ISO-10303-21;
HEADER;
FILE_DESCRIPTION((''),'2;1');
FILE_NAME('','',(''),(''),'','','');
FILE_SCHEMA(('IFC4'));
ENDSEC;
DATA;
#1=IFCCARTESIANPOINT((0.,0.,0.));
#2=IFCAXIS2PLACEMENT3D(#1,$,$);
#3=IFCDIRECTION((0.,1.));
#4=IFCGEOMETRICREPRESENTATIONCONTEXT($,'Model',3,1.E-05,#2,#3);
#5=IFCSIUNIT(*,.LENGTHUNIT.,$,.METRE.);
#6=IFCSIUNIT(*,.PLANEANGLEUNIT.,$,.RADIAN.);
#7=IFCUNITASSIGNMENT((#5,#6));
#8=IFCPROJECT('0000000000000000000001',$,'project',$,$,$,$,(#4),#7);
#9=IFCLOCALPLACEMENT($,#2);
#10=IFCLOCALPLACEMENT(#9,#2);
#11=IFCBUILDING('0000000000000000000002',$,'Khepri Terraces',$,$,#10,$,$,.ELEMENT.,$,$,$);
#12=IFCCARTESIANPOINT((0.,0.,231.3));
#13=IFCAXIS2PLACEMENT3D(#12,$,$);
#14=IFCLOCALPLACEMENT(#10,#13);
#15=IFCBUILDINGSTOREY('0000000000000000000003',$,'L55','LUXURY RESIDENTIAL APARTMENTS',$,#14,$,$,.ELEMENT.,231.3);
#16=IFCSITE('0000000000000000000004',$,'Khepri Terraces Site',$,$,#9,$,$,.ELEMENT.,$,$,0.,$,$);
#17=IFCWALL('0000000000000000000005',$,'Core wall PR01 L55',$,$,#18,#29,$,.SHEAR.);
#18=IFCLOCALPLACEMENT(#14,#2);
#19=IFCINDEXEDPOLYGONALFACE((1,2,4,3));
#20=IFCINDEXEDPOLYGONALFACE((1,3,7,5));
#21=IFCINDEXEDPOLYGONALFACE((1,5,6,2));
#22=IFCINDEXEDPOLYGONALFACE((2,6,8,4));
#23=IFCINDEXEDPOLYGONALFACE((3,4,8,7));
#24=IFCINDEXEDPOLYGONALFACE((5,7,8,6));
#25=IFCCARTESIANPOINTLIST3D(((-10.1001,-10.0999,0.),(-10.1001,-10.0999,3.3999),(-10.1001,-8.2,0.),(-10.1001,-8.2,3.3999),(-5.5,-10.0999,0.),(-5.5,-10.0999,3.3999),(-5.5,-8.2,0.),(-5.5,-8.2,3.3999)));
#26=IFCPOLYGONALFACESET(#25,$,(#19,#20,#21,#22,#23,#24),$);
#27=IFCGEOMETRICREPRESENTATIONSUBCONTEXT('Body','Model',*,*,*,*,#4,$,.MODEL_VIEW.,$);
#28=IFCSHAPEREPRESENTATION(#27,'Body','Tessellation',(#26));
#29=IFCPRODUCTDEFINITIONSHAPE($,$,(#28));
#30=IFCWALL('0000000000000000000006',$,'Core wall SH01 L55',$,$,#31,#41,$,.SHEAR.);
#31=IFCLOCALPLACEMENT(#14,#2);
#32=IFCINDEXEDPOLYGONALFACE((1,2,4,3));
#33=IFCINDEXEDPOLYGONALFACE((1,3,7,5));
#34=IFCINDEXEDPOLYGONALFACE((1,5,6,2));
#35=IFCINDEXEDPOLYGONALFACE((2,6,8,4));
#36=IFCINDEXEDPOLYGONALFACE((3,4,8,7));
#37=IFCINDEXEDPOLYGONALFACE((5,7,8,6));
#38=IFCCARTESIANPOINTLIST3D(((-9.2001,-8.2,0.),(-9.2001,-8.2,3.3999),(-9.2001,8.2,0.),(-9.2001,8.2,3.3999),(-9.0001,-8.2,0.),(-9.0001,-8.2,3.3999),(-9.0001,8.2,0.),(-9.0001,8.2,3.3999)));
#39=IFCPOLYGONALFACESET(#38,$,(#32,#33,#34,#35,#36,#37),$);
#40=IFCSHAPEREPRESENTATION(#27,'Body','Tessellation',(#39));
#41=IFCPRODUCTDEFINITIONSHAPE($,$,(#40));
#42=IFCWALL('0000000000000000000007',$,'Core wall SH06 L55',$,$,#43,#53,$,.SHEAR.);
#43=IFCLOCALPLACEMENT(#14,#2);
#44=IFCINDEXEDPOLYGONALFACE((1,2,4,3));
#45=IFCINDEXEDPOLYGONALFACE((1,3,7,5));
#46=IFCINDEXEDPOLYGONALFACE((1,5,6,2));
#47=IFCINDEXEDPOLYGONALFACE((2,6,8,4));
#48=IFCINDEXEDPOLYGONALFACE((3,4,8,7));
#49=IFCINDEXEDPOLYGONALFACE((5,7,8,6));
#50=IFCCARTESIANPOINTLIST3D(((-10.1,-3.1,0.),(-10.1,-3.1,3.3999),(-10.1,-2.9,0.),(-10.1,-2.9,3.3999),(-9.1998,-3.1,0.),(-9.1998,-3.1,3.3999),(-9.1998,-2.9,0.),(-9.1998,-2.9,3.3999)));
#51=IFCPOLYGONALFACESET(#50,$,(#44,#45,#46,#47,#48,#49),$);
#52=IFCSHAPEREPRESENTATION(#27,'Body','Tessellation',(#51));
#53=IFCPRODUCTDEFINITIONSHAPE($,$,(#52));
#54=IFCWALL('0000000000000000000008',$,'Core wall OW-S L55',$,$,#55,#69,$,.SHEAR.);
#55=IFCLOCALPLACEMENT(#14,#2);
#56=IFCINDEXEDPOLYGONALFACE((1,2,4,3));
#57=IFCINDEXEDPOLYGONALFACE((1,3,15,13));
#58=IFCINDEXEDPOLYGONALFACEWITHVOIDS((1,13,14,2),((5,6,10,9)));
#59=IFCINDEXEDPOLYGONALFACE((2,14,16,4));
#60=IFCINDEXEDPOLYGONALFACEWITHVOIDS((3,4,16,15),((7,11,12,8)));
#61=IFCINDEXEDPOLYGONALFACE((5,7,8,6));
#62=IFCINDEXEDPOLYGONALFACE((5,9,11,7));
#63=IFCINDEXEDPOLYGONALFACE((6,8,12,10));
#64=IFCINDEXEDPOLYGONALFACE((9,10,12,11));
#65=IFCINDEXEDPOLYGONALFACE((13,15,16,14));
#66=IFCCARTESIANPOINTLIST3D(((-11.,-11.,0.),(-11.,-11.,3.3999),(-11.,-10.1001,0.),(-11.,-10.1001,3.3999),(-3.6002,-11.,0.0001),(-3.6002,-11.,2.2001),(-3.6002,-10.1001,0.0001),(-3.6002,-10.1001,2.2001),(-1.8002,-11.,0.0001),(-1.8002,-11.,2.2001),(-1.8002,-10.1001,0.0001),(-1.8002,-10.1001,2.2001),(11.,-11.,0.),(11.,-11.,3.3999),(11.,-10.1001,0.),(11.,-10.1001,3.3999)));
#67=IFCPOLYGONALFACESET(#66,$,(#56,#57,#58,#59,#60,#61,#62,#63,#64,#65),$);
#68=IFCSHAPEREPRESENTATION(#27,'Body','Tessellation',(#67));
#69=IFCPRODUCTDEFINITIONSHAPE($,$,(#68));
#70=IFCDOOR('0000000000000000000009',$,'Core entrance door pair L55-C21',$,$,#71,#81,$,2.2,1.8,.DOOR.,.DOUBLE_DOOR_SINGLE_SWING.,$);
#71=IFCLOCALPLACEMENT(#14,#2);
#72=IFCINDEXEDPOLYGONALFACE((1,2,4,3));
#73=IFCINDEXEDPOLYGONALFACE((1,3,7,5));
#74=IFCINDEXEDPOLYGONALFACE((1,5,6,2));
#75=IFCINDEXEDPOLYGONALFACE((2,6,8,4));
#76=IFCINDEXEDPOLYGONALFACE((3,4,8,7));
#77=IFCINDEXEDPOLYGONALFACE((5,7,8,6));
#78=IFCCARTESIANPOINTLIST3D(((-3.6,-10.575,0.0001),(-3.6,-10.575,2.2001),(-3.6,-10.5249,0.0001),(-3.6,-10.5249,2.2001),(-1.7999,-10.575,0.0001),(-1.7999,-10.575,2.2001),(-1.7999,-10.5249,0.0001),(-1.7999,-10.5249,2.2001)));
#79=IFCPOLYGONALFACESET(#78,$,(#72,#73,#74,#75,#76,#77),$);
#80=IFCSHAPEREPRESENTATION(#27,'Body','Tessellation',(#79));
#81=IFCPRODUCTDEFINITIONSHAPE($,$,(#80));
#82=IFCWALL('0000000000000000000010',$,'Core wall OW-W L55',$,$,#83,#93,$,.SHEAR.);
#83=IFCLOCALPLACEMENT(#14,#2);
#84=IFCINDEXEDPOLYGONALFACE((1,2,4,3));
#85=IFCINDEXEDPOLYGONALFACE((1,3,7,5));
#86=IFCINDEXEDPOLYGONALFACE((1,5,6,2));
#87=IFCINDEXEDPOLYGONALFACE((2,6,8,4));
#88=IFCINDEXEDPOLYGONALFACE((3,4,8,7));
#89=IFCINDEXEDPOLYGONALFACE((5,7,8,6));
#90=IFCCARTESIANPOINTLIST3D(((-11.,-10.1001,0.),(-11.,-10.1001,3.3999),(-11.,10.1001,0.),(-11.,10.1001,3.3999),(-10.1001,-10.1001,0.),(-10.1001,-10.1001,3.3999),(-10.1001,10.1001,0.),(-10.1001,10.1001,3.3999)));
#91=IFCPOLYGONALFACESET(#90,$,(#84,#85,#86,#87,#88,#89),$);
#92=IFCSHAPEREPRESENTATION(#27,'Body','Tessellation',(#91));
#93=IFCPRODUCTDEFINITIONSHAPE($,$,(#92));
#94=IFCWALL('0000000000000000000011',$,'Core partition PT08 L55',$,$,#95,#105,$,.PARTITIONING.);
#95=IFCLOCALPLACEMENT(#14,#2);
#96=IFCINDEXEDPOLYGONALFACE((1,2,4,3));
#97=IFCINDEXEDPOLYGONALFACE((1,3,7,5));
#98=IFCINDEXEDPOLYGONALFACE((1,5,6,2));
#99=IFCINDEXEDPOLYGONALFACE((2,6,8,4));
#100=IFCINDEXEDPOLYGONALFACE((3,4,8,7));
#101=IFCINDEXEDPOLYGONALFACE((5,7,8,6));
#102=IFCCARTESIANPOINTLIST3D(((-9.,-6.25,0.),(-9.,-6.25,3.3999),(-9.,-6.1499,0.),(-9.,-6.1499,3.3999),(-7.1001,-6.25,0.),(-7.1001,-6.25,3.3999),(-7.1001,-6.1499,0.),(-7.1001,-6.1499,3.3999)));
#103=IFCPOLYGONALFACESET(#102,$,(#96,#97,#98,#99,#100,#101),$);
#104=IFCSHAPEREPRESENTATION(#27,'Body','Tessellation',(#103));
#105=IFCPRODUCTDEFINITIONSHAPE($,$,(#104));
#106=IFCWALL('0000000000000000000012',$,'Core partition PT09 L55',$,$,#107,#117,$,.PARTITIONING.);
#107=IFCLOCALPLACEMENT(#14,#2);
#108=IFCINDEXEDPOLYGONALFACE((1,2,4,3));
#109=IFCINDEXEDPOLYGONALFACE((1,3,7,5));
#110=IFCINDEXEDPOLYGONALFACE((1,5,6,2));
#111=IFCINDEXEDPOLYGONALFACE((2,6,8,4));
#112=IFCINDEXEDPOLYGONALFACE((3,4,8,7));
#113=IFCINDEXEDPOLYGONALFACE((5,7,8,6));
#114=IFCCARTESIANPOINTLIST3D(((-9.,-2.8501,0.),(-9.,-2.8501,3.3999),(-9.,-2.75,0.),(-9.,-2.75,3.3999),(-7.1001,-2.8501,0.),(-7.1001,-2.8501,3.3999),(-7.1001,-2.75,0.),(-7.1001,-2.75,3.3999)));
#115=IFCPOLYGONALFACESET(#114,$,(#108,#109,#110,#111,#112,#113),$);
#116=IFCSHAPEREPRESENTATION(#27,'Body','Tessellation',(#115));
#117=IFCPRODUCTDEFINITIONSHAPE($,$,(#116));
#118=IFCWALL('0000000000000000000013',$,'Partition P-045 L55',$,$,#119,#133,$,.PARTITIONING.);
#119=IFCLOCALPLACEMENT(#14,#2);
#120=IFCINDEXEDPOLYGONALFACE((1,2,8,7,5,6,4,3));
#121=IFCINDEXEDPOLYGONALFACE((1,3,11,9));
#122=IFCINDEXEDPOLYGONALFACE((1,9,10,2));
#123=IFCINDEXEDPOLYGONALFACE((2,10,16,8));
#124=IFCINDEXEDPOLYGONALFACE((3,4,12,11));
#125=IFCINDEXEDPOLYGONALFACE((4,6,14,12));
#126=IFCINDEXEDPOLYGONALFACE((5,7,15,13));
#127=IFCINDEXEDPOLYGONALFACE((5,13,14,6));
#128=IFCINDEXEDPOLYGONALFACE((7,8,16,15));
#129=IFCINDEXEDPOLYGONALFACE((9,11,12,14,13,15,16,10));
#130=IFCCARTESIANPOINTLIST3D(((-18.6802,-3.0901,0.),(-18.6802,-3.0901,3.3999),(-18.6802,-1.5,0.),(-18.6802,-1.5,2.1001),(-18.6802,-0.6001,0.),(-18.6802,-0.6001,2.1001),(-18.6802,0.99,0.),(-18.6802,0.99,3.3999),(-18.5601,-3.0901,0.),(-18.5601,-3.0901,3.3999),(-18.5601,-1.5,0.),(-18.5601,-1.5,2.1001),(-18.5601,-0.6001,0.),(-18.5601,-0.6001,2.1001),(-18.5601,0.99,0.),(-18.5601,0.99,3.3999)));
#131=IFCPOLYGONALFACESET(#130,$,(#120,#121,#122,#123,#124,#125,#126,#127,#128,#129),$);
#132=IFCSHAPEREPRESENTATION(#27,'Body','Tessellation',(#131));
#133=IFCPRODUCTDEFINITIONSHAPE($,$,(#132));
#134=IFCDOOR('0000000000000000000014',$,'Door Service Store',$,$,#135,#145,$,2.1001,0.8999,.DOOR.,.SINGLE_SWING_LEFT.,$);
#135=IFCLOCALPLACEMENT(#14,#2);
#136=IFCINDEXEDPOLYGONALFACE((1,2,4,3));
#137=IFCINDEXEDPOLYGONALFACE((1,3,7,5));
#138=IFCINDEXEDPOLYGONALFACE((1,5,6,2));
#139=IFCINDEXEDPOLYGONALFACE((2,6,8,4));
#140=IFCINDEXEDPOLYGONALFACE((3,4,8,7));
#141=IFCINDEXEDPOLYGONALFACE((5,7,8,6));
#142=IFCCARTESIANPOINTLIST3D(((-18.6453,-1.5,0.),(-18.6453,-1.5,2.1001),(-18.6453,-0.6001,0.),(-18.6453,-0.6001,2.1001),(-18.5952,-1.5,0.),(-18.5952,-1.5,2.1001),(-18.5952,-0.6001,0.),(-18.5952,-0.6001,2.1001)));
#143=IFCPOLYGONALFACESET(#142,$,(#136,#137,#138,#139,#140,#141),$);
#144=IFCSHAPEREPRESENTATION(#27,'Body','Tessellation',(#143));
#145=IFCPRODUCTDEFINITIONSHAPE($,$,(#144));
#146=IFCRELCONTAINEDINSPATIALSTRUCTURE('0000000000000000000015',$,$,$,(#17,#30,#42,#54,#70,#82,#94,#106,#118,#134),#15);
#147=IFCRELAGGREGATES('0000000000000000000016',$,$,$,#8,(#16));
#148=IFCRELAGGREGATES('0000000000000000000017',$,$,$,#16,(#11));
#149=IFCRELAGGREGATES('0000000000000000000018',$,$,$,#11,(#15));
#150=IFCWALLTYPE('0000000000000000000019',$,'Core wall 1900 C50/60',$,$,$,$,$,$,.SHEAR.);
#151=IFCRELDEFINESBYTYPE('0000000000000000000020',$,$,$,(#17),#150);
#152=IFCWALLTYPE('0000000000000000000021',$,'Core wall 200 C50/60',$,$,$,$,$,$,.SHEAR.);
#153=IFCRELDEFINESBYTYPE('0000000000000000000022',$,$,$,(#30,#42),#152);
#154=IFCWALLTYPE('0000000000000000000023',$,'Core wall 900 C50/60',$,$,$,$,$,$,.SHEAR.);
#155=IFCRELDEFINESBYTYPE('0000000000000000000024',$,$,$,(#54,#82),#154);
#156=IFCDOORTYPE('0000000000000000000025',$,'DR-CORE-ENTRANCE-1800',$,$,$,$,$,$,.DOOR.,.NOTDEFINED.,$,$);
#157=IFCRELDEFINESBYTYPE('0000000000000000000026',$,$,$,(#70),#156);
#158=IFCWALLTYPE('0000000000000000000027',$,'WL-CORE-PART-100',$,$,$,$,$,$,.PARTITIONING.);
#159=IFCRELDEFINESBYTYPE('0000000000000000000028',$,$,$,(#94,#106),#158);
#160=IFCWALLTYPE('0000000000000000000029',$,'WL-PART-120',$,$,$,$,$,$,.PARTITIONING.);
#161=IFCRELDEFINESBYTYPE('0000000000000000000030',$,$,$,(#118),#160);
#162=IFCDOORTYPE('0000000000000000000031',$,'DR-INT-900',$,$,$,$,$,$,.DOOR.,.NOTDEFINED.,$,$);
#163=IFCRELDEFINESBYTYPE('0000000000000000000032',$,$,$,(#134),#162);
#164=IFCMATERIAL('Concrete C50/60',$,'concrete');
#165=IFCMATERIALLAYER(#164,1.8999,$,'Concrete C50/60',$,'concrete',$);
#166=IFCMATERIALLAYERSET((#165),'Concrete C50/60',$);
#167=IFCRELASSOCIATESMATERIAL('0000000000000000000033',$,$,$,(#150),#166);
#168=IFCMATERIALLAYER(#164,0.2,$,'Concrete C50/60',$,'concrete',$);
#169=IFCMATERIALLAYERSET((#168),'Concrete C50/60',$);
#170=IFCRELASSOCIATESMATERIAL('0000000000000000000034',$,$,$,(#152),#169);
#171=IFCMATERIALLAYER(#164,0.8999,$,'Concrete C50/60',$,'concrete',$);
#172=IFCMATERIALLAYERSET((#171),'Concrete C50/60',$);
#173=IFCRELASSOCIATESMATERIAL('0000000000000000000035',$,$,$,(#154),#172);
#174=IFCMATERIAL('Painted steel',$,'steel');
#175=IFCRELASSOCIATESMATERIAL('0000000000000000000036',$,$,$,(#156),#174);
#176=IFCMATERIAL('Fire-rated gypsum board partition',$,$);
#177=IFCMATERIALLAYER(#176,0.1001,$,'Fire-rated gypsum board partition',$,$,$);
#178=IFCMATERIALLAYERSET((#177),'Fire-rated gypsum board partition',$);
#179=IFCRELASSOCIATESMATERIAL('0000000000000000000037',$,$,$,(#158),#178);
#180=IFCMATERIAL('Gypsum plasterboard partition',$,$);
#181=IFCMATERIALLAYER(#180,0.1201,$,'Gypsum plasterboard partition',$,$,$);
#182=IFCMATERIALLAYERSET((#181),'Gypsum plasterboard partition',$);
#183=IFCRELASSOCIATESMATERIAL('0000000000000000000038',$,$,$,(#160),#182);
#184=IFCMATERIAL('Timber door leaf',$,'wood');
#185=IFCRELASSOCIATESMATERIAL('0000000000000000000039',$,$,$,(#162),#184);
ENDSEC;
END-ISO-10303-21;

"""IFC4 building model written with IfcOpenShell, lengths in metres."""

from ifc_helpers import new_model, si_unit, direction, frame, frame_2d, origin, place, context, subcontext, project, spatial, rectangle, extrude, material, layer, layer_set, type_object, element, fill, save


model = new_model("IFC4")

# Units and contexts
model_context = context("Model", 3, precision=1e-05, world=origin(), true_north=direction((0.0, 1.0)))
body_context = subcontext(model_context, "Body", "Model", "MODEL_VIEW")
ifc_project = project(units=[si_unit("LENGTHUNIT", "METRE"), si_unit("PLANEANGLEUNIT", "RADIAN")], contexts=[model_context])

# Site, building, storey
site_placement = place(None, origin())
site = spatial("IfcSite", under=ifc_project, at=site_placement, Name="Khepri Terraces Site", CompositionType="ELEMENT", RefElevation=0.0)
building_placement = place(site_placement, origin())
building = spatial("IfcBuilding", under=site, at=building_placement, Name="Khepri Terraces", CompositionType="ELEMENT")
storey_placement = place(building_placement, frame((0.0, 0.0, 231.3)))
storey = spatial("IfcBuildingStorey", under=building, at=storey_placement, Name="L55", Description="LUXURY RESIDENTIAL APARTMENTS", CompositionType="ELEMENT", Elevation=231.3)

# Walls
ifc_material_1 = material(Name="Concrete C50/60", Category="concrete")
ifc_layer_1 = layer(ifc_material_1, 1.8999, Name="Concrete C50/60", Category="concrete")
ifc_layer_set_1 = layer_set([ifc_layer_1], Name="Concrete C50/60")
wall_type_1 = type_object("IfcWallType", Name="Core wall 1900 C50/60", PredefinedType="SHEAR", material=ifc_layer_set_1)
wall_1_placement = place(storey_placement, frame((-10.1001, -9.1499, 0.0), z_axis=(0.0, 0.0, 1.0), x_axis=(1.0, 0.0, 0.0)))
element("IfcWall", 1, at=wall_1_placement, inside=storey, type_object=wall_type_1, Name="Core wall PR01 L55", PredefinedType="SHEAR", context=body_context, shape_type="SweptSolid", body=[
    extrude(rectangle(XDim=4.6001, YDim=1.8999, at=frame_2d((2.3, 0.0))), origin(), (0.0, 0.0, 1.0), 3.3999),
])
ifc_layer_2 = layer(ifc_material_1, 0.2, Name="Concrete C50/60", Category="concrete")
ifc_layer_set_2 = layer_set([ifc_layer_2], Name="Concrete C50/60")
wall_type_2 = type_object("IfcWallType", Name="Core wall 200 C50/60", PredefinedType="SHEAR", material=ifc_layer_set_2)
wall_2_placement = place(storey_placement, frame((-9.1001, -8.2, 0.0), z_axis=(0.0, 0.0, 1.0), x_axis=(0.0, 1.0, 0.0)))
element("IfcWall", 2, at=wall_2_placement, inside=storey, type_object=wall_type_2, Name="Core wall SH01 L55", PredefinedType="SHEAR", context=body_context, shape_type="SweptSolid", body=[
    extrude(rectangle(XDim=16.3999, YDim=0.2, at=frame_2d((8.2, 0.0))), origin(), (0.0, 0.0, 1.0), 3.3999),
])
wall_3_placement = place(storey_placement, frame((-10.1001, -3.0, 0.0), z_axis=(0.0, 0.0, 1.0), x_axis=(1.0, 0.0, 0.0)))
element("IfcWall", 3, at=wall_3_placement, inside=storey, type_object=wall_type_2, Name="Core wall SH06 L55", PredefinedType="SHEAR", context=body_context, shape_type="SweptSolid", body=[
    extrude(rectangle(XDim=0.9001, YDim=0.2, at=frame_2d((0.4502, 0.0))), origin(), (0.0, 0.0, 1.0), 3.3999),
])

# Wall, opening, door
ifc_layer_3 = layer(ifc_material_1, 0.8999, Name="Concrete C50/60", Category="concrete")
ifc_layer_set_3 = layer_set([ifc_layer_3], Name="Concrete C50/60")
wall_type_3 = type_object("IfcWallType", Name="Core wall 900 C50/60", PredefinedType="SHEAR", material=ifc_layer_set_3)
wall_4_placement = place(storey_placement, frame((-11.0, -10.55, 0.0), z_axis=(0.0, 0.0, 1.0), x_axis=(1.0, 0.0, 0.0)))
wall_4 = element("IfcWall", 4, at=wall_4_placement, inside=storey, type_object=wall_type_3, Name="Core wall OW-S L55", PredefinedType="SHEAR", context=body_context, shape_type="SweptSolid", body=[
    extrude(rectangle(XDim=22.0, YDim=0.8999, at=frame_2d((11.0, 0.0))), origin(), (0.0, 0.0, 1.0), 3.3999),
])
opening_1_placement = place(wall_4_placement, frame((7.3999, 0.0, 0.0)))
opening_1 = element("IfcOpeningElement", 5, at=opening_1_placement, cuts=wall_4, PredefinedType="OPENING", context=body_context, shape_type="SweptSolid", body=[
    extrude(rectangle(XDim=1.8, YDim=2.2, at=frame_2d((0.8999, 1.1001))), frame((0.0, 0.46, 0.0), z_axis=(0.0, -1.0, 0.0), x_axis=(1.0, 0.0, 0.0)), (0.0, 0.0, 1.0), 0.9199),
])
ifc_material_2 = material(Name="Painted steel", Category="steel")
door_type_1 = type_object("IfcDoorType", Name="DR-CORE-ENTRANCE-1800", OperationType="NOTDEFINED", PredefinedType="DOOR", material=ifc_material_2)
door_1_placement = place(opening_1_placement, frame((1.8, 0.0, 0.0), z_axis=(0.0, 0.0, 1.0), x_axis=(-1.0, 0.0, 0.0)))
door_1 = element("IfcDoor", 6, at=door_1_placement, inside=storey, type_object=door_type_1, Name="Core entrance door pair L55-C21", OperationType="DOUBLE_DOOR_SINGLE_SWING", OverallHeight=2.2, OverallWidth=1.8, PredefinedType="DOOR", context=body_context, shape_type="SweptSolid", body=[
    extrude(rectangle(XDim=1.8, YDim=2.2, at=frame_2d((0.8999, 1.1001))), frame((0.0, 0.0249, 0.0), z_axis=(0.0, -1.0, 0.0), x_axis=(1.0, 0.0, 0.0)), (0.0, 0.0, 1.0), 0.05),
])
fill(opening_1, door_1)

# Walls
wall_5_placement = place(storey_placement, frame((-10.55, -10.1001, 0.0), z_axis=(0.0, 0.0, 1.0), x_axis=(0.0, 1.0, 0.0)))
element("IfcWall", 7, at=wall_5_placement, inside=storey, type_object=wall_type_3, Name="Core wall OW-W L55", PredefinedType="SHEAR", context=body_context, shape_type="SweptSolid", body=[
    extrude(rectangle(XDim=20.2002, YDim=0.8999, at=frame_2d((10.1001, 0.0))), origin(), (0.0, 0.0, 1.0), 3.3999),
])
ifc_material_3 = material(Name="Fire-rated gypsum board partition")
ifc_layer_4 = layer(ifc_material_3, 0.1001, Name="Fire-rated gypsum board partition")
ifc_layer_set_4 = layer_set([ifc_layer_4], Name="Fire-rated gypsum board partition")
wall_type_4 = type_object("IfcWallType", Name="WL-CORE-PART-100", PredefinedType="PARTITIONING", material=ifc_layer_set_4)
for number, where, z_axis, x_axis, name in (
    (8, (-9.0, -6.2, 0.0), (0.0, 0.0, 1.0), (1.0, 0.0, 0.0), "Core partition PT08 L55"),
    (9, (-9.0, -2.8, 0.0), (0.0, 0.0, 1.0), (1.0, 0.0, 0.0), "Core partition PT09 L55"),
):
    element("IfcWall", number, at=place(storey_placement, frame(where, z_axis=z_axis, x_axis=x_axis)), inside=storey, type_object=wall_type_4, Name=name, PredefinedType="PARTITIONING", context=body_context, shape_type="SweptSolid", body=[
        extrude(rectangle(XDim=1.8999, YDim=0.1001, at=frame_2d((0.95, 0.0))), origin(), (0.0, 0.0, 1.0), 3.3999),
    ])

# Wall, opening, door
ifc_material_4 = material(Name="Gypsum plasterboard partition")
ifc_layer_5 = layer(ifc_material_4, 0.1201, Name="Gypsum plasterboard partition")
ifc_layer_set_5 = layer_set([ifc_layer_5], Name="Gypsum plasterboard partition")
wall_type_5 = type_object("IfcWallType", Name="WL-PART-120", PredefinedType="PARTITIONING", material=ifc_layer_set_5)
wall_6_placement = place(storey_placement, frame((-18.6201, -3.0901, 0.0), z_axis=(0.0, 0.0, 1.0), x_axis=(0.0, 1.0, 0.0)))
wall_6 = element("IfcWall", 10, at=wall_6_placement, inside=storey, type_object=wall_type_5, Name="Partition P-045 L55", PredefinedType="PARTITIONING", context=body_context, shape_type="SweptSolid", body=[
    extrude(rectangle(XDim=4.0801, YDim=0.1201, at=frame_2d((2.04, 0.0))), origin(), (0.0, 0.0, 1.0), 3.3999),
])
opening_2_placement = place(wall_6_placement, frame((1.5901, 0.0, 0.0)))
opening_2 = element("IfcOpeningElement", 11, at=opening_2_placement, cuts=wall_6, PredefinedType="OPENING", context=body_context, shape_type="SweptSolid", body=[
    extrude(rectangle(XDim=0.8999, YDim=2.1001, at=frame_2d((0.45, 1.05))), frame((0.0, 0.0701, 0.0), z_axis=(0.0, -1.0, 0.0), x_axis=(1.0, 0.0, 0.0)), (0.0, 0.0, 1.0), 0.1401),
])
ifc_material_5 = material(Name="Timber door leaf", Category="wood")
door_type_2 = type_object("IfcDoorType", Name="DR-INT-900", OperationType="NOTDEFINED", PredefinedType="DOOR", material=ifc_material_5)
door_2_placement = place(opening_2_placement, frame((0.8999, 0.0, 0.0), z_axis=(0.0, 0.0, 1.0), x_axis=(-1.0, 0.0, 0.0)))
door_2 = element("IfcDoor", 12, at=door_2_placement, inside=storey, type_object=door_type_2, Name="Door Service Store", OperationType="SINGLE_SWING_LEFT", OverallHeight=2.1001, OverallWidth=0.8999, PredefinedType="DOOR", context=body_context, shape_type="SweptSolid", body=[
    extrude(rectangle(XDim=0.8999, YDim=2.1001, at=frame_2d((0.45, 1.05))), frame((0.0, 0.0249, 0.0), z_axis=(0.0, -1.0, 0.0), x_axis=(1.0, 0.0, 0.0)), (0.0, 0.0, 1.0), 0.05),
])
fill(opening_2, door_2)

save(model, "model.ifc")
